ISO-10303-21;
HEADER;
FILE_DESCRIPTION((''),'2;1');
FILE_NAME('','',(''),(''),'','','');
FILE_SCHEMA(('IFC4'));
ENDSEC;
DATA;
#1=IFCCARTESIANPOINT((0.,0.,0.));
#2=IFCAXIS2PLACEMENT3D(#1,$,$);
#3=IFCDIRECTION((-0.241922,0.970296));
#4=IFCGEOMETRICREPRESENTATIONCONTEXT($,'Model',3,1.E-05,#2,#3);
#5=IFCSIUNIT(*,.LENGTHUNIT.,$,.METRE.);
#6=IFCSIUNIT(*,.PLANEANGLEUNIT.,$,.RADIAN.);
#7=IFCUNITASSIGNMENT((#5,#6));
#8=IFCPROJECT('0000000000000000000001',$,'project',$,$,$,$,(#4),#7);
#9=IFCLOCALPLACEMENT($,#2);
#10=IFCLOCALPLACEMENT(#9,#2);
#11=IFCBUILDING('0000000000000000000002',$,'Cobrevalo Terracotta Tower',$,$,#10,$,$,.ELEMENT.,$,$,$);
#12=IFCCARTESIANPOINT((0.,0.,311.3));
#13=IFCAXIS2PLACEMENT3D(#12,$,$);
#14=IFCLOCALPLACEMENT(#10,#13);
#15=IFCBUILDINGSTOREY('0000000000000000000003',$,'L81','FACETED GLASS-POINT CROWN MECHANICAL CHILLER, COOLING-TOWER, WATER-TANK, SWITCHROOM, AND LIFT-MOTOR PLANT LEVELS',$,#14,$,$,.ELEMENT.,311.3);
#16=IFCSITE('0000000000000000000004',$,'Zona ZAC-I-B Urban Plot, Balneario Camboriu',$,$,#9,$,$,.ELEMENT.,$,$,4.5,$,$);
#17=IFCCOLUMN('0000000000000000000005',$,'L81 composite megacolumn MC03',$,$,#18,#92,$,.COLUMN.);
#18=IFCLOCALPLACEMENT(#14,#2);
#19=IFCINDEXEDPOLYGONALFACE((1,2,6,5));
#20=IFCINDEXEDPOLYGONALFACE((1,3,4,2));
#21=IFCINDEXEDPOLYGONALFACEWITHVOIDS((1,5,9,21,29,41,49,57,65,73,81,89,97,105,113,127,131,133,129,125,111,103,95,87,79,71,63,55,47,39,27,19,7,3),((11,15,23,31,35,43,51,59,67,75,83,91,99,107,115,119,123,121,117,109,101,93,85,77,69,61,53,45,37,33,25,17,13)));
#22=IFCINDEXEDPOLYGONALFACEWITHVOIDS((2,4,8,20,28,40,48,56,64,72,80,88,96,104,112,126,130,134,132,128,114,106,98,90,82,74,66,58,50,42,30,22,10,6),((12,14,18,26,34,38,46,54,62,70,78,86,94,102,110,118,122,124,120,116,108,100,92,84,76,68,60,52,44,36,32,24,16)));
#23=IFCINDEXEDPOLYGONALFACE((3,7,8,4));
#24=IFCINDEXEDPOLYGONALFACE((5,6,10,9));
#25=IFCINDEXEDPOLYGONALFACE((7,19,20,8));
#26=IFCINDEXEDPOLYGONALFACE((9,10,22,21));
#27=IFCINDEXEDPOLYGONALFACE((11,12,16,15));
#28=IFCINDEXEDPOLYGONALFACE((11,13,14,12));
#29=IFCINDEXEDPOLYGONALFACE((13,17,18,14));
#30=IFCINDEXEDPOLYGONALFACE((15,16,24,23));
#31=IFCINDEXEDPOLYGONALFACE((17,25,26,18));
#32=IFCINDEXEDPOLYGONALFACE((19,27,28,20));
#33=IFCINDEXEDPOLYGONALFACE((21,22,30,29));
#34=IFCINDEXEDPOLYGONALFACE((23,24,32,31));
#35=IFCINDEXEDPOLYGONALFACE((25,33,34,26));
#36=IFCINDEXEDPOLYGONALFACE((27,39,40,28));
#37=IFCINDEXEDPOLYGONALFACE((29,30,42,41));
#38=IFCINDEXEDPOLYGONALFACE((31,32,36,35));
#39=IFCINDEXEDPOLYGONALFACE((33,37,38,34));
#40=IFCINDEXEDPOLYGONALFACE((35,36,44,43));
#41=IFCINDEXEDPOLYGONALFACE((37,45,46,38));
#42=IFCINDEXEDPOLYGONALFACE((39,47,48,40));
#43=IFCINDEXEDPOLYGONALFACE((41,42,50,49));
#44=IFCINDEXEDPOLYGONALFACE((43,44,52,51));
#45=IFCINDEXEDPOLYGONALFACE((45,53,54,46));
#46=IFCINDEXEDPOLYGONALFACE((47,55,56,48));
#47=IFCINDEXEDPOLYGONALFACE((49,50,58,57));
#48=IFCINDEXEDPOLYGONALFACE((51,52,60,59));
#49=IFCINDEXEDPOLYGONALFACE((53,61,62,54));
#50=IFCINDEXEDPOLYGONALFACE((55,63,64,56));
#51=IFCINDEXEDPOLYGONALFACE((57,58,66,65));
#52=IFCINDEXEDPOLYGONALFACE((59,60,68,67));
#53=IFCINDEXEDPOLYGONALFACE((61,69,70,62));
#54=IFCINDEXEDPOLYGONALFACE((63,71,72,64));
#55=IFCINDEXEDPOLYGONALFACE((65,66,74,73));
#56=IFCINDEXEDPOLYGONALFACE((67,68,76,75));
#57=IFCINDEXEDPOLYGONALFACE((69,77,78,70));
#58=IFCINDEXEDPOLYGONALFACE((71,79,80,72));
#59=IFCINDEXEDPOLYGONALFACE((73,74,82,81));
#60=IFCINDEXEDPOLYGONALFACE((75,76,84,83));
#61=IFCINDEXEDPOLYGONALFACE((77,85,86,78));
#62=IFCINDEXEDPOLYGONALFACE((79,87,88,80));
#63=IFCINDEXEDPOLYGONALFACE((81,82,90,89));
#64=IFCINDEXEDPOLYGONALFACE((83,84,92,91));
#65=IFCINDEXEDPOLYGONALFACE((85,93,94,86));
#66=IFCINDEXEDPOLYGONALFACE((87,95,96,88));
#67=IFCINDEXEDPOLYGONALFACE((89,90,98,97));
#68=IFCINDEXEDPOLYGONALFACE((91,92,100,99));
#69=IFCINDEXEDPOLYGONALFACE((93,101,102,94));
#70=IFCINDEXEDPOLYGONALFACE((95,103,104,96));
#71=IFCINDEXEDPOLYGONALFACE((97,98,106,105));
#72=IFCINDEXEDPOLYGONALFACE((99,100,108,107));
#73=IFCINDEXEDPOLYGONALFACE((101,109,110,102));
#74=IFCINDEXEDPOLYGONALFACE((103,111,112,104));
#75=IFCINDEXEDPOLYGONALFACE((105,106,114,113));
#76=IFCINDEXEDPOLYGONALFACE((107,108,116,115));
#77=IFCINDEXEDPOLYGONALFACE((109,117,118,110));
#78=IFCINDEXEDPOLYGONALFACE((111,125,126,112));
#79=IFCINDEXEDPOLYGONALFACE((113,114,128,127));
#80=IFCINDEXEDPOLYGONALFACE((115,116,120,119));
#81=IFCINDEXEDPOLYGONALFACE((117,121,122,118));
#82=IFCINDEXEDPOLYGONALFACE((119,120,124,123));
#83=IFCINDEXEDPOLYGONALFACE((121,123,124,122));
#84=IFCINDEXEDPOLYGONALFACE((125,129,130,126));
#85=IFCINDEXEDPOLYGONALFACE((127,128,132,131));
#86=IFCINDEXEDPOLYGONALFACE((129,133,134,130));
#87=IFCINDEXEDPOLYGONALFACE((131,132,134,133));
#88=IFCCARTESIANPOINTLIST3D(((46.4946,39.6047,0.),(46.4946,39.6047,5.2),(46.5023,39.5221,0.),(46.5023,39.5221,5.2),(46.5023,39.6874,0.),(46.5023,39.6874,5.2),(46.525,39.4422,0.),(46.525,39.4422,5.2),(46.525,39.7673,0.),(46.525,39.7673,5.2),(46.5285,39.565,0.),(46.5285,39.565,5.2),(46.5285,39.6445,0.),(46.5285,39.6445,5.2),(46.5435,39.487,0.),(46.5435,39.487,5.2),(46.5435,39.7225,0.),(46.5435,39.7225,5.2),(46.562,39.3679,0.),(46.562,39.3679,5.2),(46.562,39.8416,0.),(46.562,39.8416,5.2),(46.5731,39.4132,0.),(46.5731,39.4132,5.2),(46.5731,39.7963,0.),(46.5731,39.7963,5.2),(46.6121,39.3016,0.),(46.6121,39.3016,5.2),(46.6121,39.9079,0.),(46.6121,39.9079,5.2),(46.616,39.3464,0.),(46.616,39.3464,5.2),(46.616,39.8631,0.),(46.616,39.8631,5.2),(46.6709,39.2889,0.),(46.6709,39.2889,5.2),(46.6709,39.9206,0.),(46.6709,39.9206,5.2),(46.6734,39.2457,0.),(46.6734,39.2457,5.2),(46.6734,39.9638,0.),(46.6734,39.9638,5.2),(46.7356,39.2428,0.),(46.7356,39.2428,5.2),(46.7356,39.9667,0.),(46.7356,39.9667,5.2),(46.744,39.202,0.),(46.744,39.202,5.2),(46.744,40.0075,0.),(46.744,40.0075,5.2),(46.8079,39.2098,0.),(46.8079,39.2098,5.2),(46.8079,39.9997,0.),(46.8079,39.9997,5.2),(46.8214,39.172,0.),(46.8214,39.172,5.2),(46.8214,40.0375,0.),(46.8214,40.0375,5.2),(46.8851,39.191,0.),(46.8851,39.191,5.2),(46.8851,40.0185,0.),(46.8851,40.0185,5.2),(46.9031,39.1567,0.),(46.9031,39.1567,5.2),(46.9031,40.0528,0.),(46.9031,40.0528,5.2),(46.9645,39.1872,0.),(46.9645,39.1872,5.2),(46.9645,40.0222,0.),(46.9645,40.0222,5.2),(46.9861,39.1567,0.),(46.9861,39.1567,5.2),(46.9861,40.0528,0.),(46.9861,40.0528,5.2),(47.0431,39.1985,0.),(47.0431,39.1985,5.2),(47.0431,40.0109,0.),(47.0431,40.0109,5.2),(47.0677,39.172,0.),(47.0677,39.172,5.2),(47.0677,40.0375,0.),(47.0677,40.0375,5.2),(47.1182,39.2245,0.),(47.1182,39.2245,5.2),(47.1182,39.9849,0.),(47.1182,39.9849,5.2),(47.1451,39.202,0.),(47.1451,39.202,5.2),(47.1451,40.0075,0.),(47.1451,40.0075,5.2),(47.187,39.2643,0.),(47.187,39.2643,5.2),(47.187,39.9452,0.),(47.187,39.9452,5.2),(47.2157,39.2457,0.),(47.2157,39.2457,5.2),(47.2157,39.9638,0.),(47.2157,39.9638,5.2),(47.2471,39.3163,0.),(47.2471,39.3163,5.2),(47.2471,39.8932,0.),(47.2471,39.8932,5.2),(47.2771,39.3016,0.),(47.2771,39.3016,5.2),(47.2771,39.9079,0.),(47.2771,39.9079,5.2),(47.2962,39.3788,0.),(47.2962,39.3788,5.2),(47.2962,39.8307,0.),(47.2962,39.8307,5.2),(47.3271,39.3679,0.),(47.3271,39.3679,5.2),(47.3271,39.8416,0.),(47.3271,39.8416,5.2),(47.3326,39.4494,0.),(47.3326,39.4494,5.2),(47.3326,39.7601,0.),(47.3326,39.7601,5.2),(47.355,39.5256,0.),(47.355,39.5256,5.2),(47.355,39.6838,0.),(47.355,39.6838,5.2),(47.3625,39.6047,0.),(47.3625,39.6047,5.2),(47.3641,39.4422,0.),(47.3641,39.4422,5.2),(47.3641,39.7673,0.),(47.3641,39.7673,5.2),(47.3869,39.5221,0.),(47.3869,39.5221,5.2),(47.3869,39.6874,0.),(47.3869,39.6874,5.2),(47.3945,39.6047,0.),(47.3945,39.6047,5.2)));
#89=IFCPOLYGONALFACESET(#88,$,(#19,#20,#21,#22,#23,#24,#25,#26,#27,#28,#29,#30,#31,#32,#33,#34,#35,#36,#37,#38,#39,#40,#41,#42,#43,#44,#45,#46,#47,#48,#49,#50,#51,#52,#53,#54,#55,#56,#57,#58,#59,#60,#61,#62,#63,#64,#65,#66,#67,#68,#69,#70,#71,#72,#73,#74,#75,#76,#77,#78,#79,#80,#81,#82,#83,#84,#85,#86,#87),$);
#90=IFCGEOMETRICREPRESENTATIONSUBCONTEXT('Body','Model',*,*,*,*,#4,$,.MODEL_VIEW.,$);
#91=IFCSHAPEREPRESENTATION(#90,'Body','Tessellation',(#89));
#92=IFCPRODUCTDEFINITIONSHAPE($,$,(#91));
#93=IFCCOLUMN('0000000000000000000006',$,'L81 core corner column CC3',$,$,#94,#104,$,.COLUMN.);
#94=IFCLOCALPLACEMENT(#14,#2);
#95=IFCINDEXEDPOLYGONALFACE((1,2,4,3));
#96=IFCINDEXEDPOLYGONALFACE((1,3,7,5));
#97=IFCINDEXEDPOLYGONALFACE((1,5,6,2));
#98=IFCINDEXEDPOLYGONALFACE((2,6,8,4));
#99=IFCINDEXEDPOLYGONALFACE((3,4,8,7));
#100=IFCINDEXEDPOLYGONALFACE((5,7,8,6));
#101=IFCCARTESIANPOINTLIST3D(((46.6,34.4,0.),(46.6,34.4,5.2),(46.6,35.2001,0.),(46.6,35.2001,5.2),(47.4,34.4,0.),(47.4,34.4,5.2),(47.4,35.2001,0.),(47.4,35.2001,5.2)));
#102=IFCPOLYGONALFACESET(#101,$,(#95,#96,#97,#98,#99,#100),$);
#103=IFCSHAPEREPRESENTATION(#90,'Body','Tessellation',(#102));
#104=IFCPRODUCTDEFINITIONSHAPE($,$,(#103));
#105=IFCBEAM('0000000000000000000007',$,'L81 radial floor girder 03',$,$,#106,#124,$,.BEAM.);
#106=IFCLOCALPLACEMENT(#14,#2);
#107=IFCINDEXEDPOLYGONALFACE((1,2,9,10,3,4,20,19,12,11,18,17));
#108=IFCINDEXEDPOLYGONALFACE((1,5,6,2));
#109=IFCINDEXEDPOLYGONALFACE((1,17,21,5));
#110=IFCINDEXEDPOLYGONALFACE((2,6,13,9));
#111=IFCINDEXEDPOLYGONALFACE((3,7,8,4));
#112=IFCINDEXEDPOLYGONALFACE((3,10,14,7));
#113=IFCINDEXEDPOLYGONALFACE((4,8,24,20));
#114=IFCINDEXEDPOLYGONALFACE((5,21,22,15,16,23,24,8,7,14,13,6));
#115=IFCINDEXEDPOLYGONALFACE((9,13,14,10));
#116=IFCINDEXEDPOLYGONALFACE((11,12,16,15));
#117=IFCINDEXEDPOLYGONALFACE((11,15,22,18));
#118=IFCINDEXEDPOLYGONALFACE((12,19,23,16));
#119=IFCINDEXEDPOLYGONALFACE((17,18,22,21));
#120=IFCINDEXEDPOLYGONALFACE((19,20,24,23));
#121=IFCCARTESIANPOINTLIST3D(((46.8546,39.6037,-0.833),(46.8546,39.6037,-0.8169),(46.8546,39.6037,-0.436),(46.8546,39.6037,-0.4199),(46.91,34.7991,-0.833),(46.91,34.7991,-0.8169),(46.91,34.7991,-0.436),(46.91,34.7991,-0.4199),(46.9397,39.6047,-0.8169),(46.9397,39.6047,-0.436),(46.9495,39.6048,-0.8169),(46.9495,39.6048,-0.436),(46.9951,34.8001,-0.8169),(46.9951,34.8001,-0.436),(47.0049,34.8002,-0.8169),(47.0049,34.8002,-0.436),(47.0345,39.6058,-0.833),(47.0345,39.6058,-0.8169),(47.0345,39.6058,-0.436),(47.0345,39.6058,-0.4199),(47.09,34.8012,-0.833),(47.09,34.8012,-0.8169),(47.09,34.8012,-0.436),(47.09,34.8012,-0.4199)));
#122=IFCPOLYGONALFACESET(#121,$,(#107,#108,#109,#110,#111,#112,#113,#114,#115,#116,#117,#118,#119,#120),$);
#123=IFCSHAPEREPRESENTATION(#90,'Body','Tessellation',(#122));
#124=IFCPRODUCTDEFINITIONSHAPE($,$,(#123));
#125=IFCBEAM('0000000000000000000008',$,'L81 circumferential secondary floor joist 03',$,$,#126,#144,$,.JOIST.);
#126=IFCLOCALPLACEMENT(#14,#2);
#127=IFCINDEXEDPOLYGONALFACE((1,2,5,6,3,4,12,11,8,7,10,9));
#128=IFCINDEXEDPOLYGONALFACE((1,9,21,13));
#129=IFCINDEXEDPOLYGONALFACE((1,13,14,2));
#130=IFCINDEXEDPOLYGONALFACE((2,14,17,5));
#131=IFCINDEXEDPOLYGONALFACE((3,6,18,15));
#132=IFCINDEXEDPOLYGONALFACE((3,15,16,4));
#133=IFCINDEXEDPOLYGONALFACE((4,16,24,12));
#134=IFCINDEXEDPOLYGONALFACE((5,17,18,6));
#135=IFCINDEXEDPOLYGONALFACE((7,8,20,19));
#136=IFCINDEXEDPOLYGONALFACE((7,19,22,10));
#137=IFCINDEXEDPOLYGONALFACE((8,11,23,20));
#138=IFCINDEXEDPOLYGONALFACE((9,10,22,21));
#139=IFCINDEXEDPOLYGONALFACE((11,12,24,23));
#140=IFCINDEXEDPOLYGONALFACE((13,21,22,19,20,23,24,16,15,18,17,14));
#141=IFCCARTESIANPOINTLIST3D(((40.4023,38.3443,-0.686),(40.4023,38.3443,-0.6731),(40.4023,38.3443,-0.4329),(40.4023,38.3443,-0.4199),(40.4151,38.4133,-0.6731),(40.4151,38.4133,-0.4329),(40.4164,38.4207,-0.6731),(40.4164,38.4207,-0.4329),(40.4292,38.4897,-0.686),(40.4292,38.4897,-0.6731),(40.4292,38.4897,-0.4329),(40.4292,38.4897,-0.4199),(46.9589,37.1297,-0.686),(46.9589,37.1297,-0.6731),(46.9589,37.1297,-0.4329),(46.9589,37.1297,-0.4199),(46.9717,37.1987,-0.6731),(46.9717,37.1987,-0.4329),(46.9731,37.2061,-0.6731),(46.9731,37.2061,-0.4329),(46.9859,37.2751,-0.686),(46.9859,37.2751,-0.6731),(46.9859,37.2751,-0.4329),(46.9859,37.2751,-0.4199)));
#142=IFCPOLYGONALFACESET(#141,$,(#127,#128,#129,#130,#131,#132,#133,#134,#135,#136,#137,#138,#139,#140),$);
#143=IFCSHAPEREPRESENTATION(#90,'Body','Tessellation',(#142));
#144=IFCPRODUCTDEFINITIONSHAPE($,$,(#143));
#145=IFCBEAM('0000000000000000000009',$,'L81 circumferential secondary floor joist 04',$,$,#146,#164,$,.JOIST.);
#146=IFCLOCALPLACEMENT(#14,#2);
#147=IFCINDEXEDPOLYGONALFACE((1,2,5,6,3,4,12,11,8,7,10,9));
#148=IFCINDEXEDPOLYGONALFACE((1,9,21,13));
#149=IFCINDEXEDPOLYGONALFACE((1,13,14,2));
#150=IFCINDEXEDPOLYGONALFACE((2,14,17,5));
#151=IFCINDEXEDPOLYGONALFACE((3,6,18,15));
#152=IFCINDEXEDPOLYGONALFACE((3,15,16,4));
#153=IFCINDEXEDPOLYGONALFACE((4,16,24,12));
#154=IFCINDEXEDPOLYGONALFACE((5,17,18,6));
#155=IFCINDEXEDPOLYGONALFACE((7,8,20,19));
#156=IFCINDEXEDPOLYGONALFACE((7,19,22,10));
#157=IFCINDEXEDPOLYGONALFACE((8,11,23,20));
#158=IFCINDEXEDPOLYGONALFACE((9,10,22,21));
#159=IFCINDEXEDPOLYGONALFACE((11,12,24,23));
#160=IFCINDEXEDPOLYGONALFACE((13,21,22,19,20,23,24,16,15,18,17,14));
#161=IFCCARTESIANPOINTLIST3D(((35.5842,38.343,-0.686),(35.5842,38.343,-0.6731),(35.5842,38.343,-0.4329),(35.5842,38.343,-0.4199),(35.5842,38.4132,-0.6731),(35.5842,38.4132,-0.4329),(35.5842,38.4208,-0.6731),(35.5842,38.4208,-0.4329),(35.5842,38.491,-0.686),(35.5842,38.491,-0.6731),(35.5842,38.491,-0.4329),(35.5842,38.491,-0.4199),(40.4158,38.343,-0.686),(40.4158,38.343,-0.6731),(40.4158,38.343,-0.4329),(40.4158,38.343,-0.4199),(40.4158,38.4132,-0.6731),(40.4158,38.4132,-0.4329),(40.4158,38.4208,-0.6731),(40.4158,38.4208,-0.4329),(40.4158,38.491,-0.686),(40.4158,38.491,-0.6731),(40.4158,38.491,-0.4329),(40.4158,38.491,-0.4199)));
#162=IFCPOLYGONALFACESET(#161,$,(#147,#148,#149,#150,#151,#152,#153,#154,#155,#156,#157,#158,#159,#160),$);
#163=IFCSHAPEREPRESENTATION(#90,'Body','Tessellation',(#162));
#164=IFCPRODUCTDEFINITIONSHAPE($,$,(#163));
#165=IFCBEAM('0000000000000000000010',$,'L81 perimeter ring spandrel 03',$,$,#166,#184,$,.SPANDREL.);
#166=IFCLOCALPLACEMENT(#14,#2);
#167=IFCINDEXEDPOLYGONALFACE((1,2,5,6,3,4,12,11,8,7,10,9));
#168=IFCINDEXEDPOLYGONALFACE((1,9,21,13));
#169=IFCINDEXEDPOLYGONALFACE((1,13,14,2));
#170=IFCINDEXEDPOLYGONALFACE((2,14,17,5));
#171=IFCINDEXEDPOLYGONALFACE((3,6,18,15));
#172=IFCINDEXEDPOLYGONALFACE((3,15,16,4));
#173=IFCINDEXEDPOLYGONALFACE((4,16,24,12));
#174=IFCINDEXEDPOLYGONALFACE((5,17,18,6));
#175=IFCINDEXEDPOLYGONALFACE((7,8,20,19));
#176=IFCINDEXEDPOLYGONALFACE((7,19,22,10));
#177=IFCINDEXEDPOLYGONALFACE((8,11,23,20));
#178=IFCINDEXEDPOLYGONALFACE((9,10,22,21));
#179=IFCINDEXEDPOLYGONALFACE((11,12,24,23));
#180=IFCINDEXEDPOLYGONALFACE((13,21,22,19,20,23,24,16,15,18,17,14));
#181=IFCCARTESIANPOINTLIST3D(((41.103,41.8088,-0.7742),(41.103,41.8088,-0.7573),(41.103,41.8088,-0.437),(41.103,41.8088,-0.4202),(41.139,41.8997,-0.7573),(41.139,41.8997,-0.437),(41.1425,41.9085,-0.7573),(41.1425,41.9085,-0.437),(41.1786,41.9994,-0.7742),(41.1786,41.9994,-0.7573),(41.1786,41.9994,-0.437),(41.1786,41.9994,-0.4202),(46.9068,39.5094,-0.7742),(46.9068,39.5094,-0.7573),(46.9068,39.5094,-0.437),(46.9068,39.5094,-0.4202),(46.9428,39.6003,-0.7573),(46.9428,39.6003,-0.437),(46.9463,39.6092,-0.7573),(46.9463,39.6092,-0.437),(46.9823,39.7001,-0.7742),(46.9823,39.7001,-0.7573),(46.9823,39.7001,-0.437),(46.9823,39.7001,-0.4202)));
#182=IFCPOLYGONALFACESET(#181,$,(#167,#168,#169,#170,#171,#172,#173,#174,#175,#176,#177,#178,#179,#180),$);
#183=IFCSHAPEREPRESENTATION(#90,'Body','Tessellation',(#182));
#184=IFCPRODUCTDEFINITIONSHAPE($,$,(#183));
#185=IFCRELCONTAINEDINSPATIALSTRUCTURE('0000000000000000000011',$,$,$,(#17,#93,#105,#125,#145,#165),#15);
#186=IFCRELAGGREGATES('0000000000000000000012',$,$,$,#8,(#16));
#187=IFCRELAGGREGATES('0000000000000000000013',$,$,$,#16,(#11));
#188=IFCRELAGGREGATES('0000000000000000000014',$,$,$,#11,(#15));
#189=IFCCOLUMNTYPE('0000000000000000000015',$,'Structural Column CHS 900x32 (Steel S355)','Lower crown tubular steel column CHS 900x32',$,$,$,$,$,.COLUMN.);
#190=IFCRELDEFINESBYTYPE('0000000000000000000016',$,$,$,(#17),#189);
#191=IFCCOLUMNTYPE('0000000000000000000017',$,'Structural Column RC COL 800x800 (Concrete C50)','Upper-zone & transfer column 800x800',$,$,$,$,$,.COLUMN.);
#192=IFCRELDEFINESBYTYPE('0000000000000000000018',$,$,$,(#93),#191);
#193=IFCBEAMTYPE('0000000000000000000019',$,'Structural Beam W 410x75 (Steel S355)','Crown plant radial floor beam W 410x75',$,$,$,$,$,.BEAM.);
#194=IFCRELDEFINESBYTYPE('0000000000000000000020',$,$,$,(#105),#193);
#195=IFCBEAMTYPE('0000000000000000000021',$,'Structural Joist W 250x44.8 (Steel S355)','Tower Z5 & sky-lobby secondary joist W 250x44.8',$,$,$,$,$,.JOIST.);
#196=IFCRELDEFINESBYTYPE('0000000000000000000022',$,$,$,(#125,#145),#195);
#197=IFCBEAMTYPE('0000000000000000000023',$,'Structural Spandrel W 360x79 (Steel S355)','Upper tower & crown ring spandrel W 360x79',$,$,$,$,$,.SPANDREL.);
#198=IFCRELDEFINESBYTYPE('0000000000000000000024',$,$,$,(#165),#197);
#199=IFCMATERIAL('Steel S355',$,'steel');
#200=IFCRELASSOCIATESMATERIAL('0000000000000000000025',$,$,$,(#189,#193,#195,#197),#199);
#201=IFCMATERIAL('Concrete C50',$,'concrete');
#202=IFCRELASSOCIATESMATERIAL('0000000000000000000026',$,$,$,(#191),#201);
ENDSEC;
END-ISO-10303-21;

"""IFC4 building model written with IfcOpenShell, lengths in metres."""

from ifc_helpers import new_model, si_unit, direction, frame, origin, origin_2d, place, context, subcontext, project, spatial, rectangle, hollow_circle, i_section, extrude, material, material_profile, profile_set, type_object, element, save


model = new_model("IFC4")

# Units and contexts
model_context = context("Model", 3, precision=1e-05, world=origin(), true_north=direction((-0.241922, 0.970296)))
body_context = subcontext(model_context, "Body", "Model", "MODEL_VIEW")
ifc_project = project(units=[si_unit("LENGTHUNIT", "METRE"), si_unit("PLANEANGLEUNIT", "RADIAN")], contexts=[model_context])

# Site, building, storey
site_placement = place(None, origin())
site = spatial("IfcSite", under=ifc_project, at=site_placement, Name="Zona ZAC-I-B Urban Plot, Balneario Camboriu", CompositionType="ELEMENT", RefElevation=4.5)
building_placement = place(site_placement, origin())
building = spatial("IfcBuilding", under=site, at=building_placement, Name="Cobrevalo Terracotta Tower", CompositionType="ELEMENT")
storey_placement = place(building_placement, frame((0.0, 0.0, 311.3)))
storey = spatial("IfcBuildingStorey", under=building, at=storey_placement, Name="L81", Description="FACETED GLASS-POINT CROWN MECHANICAL CHILLER, COOLING-TOWER, WATER-TANK, SWITCHROOM, AND LIFT-MOTOR PLANT LEVELS", CompositionType="ELEMENT", Elevation=311.3)

# Columns
ifc_material_1 = material(Name="Steel S355", Category="steel")
ifc_material_profile_1 = material_profile(ifc_material_1, hollow_circle(Radius=0.45, WallThickness=0.032, at=origin_2d()), Name="CHS 900x32")
ifc_profile_set_1 = profile_set([ifc_material_profile_1], Name="Steel S355")
column_type_1 = type_object("IfcColumnType", Name="Structural Column CHS 900x32 (Steel S355)", Description="Lower crown tubular steel column CHS 900x32", PredefinedType="COLUMN", material=ifc_profile_set_1)
column_1_placement = place(storey_placement, frame((46.9446, 39.6047, 0.0), z_axis=(0.0, 0.0, 1.0), x_axis=(1.0, 0.0, 0.0)))
element("IfcColumn", 1, at=column_1_placement, inside=storey, type_object=column_type_1, Name="L81 composite megacolumn MC03", PredefinedType="COLUMN", context=body_context, shape_type="SweptSolid", body=[
    extrude(hollow_circle(Radius=0.45, WallThickness=0.032, at=origin_2d()), origin(), (0.0, 0.0, 1.0), 5.2),
])
ifc_material_2 = material(Name="Concrete C50", Category="concrete")
ifc_material_profile_2 = material_profile(ifc_material_2, rectangle(XDim=0.8, YDim=0.8, at=origin_2d()), Name="RC COL 800x800")
ifc_profile_set_2 = profile_set([ifc_material_profile_2], Name="Concrete C50")
column_type_2 = type_object("IfcColumnType", Name="Structural Column RC COL 800x800 (Concrete C50)", Description="Upper-zone & transfer column 800x800", PredefinedType="COLUMN", material=ifc_profile_set_2)
column_2_placement = place(storey_placement, frame((47.0, 34.8, 0.0), z_axis=(0.0, 0.0, 1.0), x_axis=(1.0, 0.0, 0.0)))
element("IfcColumn", 2, at=column_2_placement, inside=storey, type_object=column_type_2, Name="L81 core corner column CC3", PredefinedType="COLUMN", context=body_context, shape_type="SweptSolid", body=[
    extrude(rectangle(XDim=0.8, YDim=0.8, at=origin_2d()), origin(), (0.0, 0.0, 1.0), 5.2),
])

# Beams
ifc_material_profile_3 = material_profile(ifc_material_1, i_section(OverallWidth=0.1799, OverallDepth=0.4131, WebThickness=0.0098, FlangeThickness=0.0161, at=origin_2d()), Name="W 410x75")
ifc_profile_set_3 = profile_set([ifc_material_profile_3], Name="Steel S355")
beam_type_1 = type_object("IfcBeamType", Name="Structural Beam W 410x75 (Steel S355)", Description="Crown plant radial floor beam W 410x75", PredefinedType="BEAM", material=ifc_profile_set_3)
beam_1_placement = place(storey_placement, frame((46.9446, 39.6047, -0.6265), z_axis=(0.011534, -0.999933, 0.0), x_axis=(0.999933, 0.011534, 0.0)))
element("IfcBeam", 3, at=beam_1_placement, inside=storey, type_object=beam_type_1, Name="L81 radial floor girder 03", PredefinedType="BEAM", context=body_context, shape_type="SweptSolid", body=[
    extrude(i_section(OverallWidth=0.1799, OverallDepth=0.4131, WebThickness=0.0098, FlangeThickness=0.0161, at=origin_2d()), origin(), (0.0, 0.0, 1.0), 4.8049),
])
ifc_material_profile_4 = material_profile(ifc_material_1, i_section(OverallWidth=0.1479, OverallDepth=0.2661, WebThickness=0.0076, FlangeThickness=0.0129, at=origin_2d()), Name="W 250x44.8")
ifc_profile_set_4 = profile_set([ifc_material_profile_4], Name="Steel S355")
beam_type_2 = type_object("IfcBeamType", Name="Structural Joist W 250x44.8 (Steel S355)", Description="Tower Z5 & sky-lobby secondary joist W 250x44.8", PredefinedType="JOIST", material=ifc_profile_set_4)
beam_2_placement = place(storey_placement, frame((46.9724, 37.2024, -0.553), z_axis=(-0.983271, 0.182148, 0.0), x_axis=(-0.182148, -0.983271, 0.0)))
element("IfcBeam", 4, at=beam_2_placement, inside=storey, type_object=beam_type_2, Name="L81 circumferential secondary floor joist 03", PredefinedType="JOIST", context=body_context, shape_type="SweptSolid", body=[
    extrude(i_section(OverallWidth=0.1479, OverallDepth=0.2661, WebThickness=0.0076, FlangeThickness=0.0129, at=origin_2d()), origin(), (0.0, 0.0, 1.0), 6.6682),
])
beam_3_placement = place(storey_placement, frame((40.4158, 38.417, -0.553), z_axis=(-1.0, 0.0, 0.0), x_axis=(0.0, -1.0, 0.0)))
element("IfcBeam", 5, at=beam_3_placement, inside=storey, type_object=beam_type_2, Name="L81 circumferential secondary floor joist 04", PredefinedType="JOIST", context=body_context, shape_type="SweptSolid", body=[
    extrude(i_section(OverallWidth=0.1479, OverallDepth=0.2661, WebThickness=0.0076, FlangeThickness=0.0129, at=origin_2d()), origin(), (0.0, 0.0, 1.0), 4.8315),
])
ifc_material_profile_5 = material_profile(ifc_material_1, i_section(OverallWidth=0.2051, OverallDepth=0.354, WebThickness=0.0095, FlangeThickness=0.0168, at=origin_2d()), Name="W 360x79")
ifc_profile_set_5 = profile_set([ifc_material_profile_5], Name="Steel S355")
beam_type_3 = type_object("IfcBeamType", Name="Structural Spandrel W 360x79 (Steel S355)", Description="Upper tower & crown ring spandrel W 360x79", PredefinedType="SPANDREL", material=ifc_profile_set_5)
beam_4_placement = place(storey_placement, frame((46.9446, 39.6047, -0.5972), z_axis=(-0.929696, 0.368327, 0.0), x_axis=(-0.368327, -0.929696, 0.0)))
element("IfcBeam", 6, at=beam_4_placement, inside=storey, type_object=beam_type_3, Name="L81 perimeter ring spandrel 03", PredefinedType="SPANDREL", context=body_context, shape_type="SweptSolid", body=[
    extrude(i_section(OverallWidth=0.2051, OverallDepth=0.354, WebThickness=0.0095, FlangeThickness=0.0168, at=origin_2d()), origin(), (0.0, 0.0, 1.0), 6.2427),
])

save(model, "model.ifc")
